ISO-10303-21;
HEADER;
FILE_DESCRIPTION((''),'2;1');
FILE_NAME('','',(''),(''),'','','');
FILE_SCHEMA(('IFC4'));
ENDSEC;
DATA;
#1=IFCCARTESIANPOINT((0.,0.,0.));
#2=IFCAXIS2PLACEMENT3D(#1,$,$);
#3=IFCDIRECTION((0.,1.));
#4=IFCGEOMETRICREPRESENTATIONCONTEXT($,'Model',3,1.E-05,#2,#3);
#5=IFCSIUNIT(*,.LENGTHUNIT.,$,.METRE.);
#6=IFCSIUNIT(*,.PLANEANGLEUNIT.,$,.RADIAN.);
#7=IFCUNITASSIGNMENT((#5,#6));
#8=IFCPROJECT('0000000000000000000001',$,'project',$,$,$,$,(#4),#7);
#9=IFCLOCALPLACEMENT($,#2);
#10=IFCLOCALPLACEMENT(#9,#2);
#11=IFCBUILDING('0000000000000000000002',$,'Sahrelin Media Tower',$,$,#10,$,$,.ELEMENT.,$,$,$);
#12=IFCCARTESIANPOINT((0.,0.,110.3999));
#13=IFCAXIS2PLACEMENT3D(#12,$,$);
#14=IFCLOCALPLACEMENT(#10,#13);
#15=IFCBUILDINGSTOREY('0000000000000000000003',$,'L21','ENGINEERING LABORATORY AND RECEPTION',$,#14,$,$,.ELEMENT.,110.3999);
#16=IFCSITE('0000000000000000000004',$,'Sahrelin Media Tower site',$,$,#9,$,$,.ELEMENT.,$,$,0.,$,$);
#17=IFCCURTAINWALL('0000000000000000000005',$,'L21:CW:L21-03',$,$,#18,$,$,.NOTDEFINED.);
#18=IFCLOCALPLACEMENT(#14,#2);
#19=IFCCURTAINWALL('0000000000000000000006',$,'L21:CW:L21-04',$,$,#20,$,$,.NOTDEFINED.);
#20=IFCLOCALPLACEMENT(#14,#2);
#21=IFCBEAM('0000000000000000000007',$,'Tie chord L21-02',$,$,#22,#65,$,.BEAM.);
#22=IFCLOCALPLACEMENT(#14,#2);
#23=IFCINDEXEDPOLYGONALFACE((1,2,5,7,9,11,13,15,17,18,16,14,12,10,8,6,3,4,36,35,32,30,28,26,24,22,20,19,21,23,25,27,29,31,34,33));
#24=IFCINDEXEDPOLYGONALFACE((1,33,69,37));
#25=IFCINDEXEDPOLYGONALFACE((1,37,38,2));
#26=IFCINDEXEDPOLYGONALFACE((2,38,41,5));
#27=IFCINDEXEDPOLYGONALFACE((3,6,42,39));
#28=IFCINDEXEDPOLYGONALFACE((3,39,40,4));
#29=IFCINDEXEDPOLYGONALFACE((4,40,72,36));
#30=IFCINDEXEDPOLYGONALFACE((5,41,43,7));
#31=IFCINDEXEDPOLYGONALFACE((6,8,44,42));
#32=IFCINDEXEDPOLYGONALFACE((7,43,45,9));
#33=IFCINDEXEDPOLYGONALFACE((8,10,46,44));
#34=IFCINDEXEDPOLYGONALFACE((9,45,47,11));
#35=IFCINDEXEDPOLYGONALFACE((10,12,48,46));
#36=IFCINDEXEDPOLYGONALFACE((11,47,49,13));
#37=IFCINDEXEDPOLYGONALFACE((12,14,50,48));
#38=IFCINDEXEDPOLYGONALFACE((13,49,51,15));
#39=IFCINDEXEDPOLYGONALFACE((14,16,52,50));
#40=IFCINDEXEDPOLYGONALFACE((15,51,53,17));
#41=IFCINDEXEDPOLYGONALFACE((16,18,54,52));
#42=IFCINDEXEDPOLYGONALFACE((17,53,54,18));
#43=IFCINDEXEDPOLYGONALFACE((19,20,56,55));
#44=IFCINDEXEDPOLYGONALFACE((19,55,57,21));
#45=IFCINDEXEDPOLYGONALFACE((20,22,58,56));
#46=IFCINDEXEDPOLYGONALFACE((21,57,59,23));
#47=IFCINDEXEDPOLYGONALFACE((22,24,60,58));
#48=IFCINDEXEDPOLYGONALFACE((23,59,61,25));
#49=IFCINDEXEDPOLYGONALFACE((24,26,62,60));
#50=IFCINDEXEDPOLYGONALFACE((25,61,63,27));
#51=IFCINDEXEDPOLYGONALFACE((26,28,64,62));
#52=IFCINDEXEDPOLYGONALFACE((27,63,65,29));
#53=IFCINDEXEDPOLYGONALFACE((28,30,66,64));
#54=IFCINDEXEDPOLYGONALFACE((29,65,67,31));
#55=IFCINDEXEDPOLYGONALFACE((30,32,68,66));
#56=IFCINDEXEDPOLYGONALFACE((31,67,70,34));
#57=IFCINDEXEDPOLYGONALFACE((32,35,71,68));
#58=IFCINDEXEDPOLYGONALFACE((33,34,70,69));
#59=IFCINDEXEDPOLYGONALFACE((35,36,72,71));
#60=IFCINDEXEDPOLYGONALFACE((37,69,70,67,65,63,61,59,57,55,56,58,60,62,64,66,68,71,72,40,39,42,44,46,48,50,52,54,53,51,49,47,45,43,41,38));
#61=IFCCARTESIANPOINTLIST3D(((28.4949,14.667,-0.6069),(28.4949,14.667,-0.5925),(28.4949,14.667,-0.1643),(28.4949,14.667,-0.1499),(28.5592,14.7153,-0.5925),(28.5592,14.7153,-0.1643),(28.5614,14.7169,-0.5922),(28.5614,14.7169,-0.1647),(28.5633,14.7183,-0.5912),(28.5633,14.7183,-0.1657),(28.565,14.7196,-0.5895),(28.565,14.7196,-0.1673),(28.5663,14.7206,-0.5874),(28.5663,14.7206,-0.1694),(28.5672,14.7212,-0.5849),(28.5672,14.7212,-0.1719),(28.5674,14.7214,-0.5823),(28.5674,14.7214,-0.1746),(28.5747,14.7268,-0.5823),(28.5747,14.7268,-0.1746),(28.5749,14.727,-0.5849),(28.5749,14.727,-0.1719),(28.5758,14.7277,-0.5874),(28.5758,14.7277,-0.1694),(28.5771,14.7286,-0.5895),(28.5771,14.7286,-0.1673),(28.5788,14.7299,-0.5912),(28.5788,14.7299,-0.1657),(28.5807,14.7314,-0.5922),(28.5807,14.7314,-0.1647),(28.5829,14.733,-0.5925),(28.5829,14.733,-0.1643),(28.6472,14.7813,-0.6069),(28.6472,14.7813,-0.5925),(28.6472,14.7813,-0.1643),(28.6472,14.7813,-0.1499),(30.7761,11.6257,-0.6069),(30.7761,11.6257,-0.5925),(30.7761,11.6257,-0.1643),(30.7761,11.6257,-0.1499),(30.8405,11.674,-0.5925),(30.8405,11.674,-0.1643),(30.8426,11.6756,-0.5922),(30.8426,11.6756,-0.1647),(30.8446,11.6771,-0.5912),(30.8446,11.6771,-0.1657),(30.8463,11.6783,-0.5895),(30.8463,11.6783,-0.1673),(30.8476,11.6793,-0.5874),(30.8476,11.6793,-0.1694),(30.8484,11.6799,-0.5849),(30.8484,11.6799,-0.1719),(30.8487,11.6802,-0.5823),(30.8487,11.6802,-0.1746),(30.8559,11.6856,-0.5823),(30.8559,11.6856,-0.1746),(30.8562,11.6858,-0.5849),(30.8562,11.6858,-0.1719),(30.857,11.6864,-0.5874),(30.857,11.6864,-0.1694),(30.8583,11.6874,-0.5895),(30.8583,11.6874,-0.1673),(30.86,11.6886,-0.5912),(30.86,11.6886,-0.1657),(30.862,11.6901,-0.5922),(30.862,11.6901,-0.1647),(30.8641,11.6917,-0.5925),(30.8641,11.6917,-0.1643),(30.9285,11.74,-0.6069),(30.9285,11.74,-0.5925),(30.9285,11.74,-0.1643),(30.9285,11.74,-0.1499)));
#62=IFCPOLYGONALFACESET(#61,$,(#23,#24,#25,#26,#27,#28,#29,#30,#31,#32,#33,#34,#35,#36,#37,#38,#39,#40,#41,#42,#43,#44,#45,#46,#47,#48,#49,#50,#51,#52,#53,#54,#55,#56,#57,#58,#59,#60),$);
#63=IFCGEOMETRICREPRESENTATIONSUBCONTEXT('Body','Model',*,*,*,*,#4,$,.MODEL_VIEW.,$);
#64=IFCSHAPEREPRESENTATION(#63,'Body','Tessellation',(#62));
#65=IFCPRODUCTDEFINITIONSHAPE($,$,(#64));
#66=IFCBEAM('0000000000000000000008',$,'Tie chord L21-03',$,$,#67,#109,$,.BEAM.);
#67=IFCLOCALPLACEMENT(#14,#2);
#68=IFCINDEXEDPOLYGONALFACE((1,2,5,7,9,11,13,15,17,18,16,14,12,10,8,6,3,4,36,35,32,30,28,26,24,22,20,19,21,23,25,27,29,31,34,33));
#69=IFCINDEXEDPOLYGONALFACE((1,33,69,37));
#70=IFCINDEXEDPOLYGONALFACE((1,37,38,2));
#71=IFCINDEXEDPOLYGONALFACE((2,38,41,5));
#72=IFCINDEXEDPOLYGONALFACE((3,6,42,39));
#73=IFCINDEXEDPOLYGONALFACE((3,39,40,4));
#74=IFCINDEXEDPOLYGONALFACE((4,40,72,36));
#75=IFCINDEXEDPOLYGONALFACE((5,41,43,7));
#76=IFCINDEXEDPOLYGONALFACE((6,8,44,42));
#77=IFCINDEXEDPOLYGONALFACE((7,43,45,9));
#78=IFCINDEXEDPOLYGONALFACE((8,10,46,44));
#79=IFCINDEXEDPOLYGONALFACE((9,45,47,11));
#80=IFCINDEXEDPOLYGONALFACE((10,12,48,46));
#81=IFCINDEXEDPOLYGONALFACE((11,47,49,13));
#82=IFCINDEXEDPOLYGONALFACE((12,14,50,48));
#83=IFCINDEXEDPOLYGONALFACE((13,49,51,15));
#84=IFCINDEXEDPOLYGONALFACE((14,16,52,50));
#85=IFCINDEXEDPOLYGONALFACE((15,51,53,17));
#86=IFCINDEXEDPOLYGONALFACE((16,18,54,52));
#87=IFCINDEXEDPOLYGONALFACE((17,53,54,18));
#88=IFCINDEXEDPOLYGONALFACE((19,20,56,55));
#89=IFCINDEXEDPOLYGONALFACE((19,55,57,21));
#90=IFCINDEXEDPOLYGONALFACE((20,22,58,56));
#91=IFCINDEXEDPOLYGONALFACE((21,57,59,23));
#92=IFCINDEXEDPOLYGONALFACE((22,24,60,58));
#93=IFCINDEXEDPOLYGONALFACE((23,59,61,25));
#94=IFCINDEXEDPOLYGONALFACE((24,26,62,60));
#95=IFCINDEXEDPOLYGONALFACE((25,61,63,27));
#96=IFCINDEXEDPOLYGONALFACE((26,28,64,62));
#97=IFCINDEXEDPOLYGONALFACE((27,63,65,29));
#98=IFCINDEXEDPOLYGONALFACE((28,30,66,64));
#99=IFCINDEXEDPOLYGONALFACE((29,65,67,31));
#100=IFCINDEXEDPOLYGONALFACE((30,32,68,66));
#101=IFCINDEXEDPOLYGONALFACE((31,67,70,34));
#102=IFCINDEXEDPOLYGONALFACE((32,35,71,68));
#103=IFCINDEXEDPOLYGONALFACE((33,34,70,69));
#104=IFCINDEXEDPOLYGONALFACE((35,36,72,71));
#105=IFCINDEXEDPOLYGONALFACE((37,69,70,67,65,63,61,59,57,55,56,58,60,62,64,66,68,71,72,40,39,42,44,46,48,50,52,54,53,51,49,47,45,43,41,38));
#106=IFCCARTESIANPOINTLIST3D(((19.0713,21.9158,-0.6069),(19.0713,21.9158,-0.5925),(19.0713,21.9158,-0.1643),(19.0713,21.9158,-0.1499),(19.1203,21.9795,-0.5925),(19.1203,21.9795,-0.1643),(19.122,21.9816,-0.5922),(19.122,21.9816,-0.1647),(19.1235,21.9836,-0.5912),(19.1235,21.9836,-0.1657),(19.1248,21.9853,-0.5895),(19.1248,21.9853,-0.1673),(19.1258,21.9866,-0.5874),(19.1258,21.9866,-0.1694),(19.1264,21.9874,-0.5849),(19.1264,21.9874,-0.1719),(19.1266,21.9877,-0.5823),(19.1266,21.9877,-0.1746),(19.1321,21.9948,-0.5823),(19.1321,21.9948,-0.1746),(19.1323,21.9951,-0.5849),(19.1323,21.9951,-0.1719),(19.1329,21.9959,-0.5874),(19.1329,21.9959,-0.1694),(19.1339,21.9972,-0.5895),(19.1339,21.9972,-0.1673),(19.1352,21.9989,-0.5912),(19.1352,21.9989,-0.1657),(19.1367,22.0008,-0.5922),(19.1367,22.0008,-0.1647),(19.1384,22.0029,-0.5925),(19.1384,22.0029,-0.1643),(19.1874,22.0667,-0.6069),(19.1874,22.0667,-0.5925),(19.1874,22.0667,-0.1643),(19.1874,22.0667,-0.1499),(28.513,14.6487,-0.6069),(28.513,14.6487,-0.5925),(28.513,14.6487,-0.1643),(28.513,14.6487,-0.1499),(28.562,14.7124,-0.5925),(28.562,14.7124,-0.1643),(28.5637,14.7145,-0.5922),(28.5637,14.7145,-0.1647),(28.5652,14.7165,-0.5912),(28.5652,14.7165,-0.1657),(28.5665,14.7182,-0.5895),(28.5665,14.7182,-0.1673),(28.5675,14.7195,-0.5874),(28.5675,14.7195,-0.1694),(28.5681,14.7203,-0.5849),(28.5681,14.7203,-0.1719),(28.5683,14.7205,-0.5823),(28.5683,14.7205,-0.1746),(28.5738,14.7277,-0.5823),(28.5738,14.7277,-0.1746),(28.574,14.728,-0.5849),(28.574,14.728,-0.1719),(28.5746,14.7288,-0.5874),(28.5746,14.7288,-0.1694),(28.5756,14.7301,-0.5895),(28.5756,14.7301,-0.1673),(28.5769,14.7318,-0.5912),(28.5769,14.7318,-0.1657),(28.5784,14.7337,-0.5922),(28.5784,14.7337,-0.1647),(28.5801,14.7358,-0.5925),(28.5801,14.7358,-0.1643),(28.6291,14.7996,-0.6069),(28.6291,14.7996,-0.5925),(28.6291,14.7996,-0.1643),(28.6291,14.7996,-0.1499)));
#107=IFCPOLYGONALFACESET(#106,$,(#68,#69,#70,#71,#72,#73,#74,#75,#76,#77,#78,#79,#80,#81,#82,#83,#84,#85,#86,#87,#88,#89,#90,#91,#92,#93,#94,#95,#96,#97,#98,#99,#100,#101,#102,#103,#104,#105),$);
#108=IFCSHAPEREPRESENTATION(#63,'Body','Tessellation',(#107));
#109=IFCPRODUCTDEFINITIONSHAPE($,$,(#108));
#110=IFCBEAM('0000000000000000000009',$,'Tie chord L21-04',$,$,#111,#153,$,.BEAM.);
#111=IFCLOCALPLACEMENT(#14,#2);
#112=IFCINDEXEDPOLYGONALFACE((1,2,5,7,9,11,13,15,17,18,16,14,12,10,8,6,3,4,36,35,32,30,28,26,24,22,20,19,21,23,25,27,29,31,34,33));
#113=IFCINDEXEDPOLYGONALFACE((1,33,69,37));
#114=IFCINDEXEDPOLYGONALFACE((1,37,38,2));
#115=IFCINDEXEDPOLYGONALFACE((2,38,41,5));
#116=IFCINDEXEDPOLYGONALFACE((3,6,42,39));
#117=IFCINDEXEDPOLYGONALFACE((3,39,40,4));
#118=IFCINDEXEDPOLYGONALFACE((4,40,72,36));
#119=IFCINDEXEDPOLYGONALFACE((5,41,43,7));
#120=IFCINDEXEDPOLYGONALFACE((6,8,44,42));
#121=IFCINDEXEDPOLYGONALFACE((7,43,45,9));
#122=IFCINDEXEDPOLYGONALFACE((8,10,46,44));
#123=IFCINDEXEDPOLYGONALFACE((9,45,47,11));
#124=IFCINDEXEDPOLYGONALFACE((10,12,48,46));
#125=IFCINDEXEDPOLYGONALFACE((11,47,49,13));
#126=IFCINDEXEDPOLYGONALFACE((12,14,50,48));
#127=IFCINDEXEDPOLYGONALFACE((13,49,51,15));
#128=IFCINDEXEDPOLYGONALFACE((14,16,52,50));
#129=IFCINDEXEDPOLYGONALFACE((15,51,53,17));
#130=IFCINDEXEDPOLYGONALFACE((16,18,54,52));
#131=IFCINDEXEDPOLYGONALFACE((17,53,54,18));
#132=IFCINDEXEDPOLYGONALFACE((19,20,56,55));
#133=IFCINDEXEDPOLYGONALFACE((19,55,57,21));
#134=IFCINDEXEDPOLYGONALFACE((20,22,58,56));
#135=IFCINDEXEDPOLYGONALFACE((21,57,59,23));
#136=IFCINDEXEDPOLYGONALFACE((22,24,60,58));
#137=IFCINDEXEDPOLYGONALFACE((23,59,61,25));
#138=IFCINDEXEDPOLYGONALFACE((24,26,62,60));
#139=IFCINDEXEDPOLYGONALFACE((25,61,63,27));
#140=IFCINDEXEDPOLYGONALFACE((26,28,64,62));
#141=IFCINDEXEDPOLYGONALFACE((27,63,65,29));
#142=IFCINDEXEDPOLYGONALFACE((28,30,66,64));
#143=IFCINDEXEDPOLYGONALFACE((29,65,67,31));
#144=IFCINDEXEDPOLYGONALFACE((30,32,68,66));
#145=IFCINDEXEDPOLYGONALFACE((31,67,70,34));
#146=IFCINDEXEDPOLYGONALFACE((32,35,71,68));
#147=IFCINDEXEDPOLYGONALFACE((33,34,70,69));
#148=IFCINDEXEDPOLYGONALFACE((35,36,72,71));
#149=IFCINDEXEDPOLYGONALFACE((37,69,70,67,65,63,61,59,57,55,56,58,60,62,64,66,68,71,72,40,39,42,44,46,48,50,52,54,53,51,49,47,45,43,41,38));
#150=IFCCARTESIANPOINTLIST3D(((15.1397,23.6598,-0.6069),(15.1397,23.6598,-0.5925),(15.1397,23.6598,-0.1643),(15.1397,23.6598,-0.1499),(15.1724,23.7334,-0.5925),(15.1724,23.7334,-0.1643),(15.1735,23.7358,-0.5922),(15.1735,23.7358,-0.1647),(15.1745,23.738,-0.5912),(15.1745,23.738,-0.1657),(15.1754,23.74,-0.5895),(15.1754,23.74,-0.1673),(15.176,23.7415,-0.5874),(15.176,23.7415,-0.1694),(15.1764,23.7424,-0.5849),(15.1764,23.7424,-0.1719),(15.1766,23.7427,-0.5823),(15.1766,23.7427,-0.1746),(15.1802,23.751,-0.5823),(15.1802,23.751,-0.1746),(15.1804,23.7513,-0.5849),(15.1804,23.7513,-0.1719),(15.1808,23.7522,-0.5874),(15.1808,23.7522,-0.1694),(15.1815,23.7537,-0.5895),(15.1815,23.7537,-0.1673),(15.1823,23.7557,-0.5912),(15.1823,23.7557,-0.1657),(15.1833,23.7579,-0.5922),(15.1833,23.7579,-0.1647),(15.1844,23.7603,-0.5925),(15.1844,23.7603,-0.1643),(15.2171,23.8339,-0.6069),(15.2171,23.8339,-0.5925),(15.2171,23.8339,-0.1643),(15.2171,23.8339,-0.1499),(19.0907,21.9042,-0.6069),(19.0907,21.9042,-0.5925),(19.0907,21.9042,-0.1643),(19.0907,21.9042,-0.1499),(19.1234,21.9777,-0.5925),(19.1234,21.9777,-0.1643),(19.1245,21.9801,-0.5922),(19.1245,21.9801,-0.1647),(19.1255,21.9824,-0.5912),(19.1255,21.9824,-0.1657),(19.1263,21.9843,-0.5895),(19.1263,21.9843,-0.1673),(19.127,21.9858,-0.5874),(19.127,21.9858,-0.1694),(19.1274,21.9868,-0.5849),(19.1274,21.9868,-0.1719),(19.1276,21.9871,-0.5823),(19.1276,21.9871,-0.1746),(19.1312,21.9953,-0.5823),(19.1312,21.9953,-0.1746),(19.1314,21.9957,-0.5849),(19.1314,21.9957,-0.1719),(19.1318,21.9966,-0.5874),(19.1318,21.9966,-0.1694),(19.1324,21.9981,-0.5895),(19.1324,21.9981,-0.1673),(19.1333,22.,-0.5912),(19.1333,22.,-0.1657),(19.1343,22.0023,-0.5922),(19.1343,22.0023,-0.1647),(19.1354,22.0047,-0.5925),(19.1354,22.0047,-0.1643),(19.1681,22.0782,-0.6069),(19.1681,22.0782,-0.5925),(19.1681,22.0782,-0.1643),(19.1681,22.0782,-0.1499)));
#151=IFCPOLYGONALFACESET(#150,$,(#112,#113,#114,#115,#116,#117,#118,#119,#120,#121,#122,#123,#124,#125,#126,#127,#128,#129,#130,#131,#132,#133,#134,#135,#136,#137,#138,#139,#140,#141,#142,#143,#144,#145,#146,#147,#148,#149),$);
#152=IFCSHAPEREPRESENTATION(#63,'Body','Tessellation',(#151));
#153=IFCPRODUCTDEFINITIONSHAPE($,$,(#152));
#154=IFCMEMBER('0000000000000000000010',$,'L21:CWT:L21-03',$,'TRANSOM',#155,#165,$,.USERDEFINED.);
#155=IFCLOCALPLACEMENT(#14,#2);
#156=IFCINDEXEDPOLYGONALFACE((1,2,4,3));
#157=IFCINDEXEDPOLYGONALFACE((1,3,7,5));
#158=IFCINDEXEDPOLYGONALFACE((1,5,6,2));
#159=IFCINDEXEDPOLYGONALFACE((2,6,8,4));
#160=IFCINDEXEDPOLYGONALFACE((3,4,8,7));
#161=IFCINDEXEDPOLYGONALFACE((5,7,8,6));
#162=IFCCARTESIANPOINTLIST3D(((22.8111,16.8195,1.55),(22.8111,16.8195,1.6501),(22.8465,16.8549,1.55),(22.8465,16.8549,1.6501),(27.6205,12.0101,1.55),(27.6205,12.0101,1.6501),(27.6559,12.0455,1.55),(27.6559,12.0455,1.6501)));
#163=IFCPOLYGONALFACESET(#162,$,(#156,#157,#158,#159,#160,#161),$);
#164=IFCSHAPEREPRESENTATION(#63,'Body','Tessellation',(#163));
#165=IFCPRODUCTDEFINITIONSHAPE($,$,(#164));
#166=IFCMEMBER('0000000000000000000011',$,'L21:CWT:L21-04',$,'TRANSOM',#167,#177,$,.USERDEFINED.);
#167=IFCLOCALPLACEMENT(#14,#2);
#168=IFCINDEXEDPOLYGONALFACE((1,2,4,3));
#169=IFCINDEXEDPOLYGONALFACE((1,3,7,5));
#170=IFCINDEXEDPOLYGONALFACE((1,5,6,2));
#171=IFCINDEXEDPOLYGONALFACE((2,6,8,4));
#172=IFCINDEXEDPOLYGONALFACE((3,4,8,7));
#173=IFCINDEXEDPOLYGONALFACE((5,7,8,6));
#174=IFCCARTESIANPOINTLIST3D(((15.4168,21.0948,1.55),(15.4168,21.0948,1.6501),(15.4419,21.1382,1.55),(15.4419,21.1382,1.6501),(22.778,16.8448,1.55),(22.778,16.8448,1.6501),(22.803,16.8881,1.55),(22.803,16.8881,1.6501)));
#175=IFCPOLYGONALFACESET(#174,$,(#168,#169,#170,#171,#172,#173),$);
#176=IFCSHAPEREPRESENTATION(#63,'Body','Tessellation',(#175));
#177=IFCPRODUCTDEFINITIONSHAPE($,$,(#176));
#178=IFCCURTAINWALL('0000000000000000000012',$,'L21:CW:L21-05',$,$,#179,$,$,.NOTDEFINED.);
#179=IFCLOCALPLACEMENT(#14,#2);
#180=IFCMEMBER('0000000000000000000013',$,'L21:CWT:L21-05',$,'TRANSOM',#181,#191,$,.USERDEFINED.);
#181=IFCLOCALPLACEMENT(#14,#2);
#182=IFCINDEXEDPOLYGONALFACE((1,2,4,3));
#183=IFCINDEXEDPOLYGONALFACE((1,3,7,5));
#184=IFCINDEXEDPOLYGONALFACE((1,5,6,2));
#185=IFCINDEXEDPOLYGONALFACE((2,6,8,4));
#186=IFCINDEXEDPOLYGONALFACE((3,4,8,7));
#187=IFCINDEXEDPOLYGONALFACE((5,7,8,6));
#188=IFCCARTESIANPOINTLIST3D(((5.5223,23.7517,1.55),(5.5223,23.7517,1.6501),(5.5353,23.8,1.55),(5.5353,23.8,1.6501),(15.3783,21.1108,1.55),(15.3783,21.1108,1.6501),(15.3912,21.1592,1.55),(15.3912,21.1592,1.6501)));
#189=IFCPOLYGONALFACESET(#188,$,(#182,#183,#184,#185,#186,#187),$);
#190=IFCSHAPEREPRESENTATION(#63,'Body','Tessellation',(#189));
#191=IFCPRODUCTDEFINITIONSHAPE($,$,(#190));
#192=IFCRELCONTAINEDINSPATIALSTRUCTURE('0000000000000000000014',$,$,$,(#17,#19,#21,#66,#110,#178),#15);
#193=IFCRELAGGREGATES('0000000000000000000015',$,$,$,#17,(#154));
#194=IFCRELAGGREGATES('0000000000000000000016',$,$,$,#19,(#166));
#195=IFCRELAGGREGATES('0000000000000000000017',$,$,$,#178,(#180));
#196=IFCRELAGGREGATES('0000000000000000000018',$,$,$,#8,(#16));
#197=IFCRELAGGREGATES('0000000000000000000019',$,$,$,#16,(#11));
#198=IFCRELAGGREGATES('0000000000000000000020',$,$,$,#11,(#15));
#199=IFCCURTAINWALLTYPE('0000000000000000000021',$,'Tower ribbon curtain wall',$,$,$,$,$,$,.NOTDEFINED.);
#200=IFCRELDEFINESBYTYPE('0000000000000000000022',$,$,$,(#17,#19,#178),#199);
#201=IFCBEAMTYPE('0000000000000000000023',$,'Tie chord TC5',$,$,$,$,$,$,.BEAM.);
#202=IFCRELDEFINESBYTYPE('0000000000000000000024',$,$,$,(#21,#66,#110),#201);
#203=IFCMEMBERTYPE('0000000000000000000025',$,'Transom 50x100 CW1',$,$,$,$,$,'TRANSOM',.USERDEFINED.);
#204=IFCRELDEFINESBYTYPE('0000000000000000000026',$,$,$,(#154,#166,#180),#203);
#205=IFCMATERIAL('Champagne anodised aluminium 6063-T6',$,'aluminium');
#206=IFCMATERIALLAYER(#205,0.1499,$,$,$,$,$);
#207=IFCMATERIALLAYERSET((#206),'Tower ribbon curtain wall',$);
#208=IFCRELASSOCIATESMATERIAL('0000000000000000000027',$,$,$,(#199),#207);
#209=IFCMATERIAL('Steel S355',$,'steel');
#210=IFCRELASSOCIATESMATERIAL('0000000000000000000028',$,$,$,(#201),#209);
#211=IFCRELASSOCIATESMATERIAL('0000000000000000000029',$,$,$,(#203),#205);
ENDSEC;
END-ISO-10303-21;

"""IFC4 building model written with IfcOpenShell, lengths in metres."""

from ifc_helpers import new_model, si_unit, direction, frame, origin, origin_2d, place, context, subcontext, project, spatial, rectangle, i_section, extrude, material, layer, layer_set, material_profile, profile_set, type_object, element, aggregate, save


model = new_model("IFC4")

# Units and contexts
model_context = context("Model", 3, precision=1e-05, world=origin(), true_north=direction((0.0, 1.0)))
body_context = subcontext(model_context, "Body", "Model", "MODEL_VIEW")
ifc_project = project(units=[si_unit("LENGTHUNIT", "METRE"), si_unit("PLANEANGLEUNIT", "RADIAN")], contexts=[model_context])

# Site, building, storey
site_placement = place(None, origin())
site = spatial("IfcSite", under=ifc_project, at=site_placement, Name="Sahrelin Media Tower site", CompositionType="ELEMENT", RefElevation=0.0)
building_placement = place(site_placement, origin())
building = spatial("IfcBuilding", under=site, at=building_placement, Name="Sahrelin Media Tower", CompositionType="ELEMENT")
storey_placement = place(building_placement, frame((0.0, 0.0, 110.3999)))
storey = spatial("IfcBuildingStorey", under=building, at=storey_placement, Name="L21", Description="ENGINEERING LABORATORY AND RECEPTION", CompositionType="ELEMENT", Elevation=110.3999)

# Shared definitions
ifc_material_1 = material(Name="Steel S355", Category="steel")

# Curtain walls
ifc_material_2 = material(Name="Champagne anodised aluminium 6063-T6", Category="aluminium")
ifc_layer_1 = layer(ifc_material_2, 0.1499)
ifc_layer_set_1 = layer_set([ifc_layer_1], Name="Tower ribbon curtain wall")
curtain_wall_type = type_object("IfcCurtainWallType", Name="Tower ribbon curtain wall", PredefinedType="NOTDEFINED", material=ifc_layer_set_1)
curtain_wall_1_placement = place(storey_placement, frame((25.3713, 14.5703, 0.0), z_axis=(0.0, 0.0, 1.0), x_axis=(1.0, 0.0, 0.0)))
curtain_wall_1 = element("IfcCurtainWall", 1, at=curtain_wall_1_placement, inside=storey, type_object=curtain_wall_type, Name="L21:CW:L21-03", PredefinedType="NOTDEFINED")
curtain_wall_2_placement = place(storey_placement, frame((19.2075, 19.1604, 0.0), z_axis=(0.0, 0.0, 1.0), x_axis=(1.0, 0.0, 0.0)))
curtain_wall_2 = element("IfcCurtainWall", 2, at=curtain_wall_2_placement, inside=storey, type_object=curtain_wall_type, Name="L21:CW:L21-04", PredefinedType="NOTDEFINED")

# Beams
ifc_material_profile_1 = material_profile(ifc_material_1, i_section(OverallWidth=0.1904, OverallDepth=0.457, WebThickness=0.009, FlangeThickness=0.0144, FilletRadius=0.0103, at=origin_2d()), Name="UB 457x191x74")
ifc_profile_set_1 = profile_set([ifc_material_profile_1], Name="Steel S355")
beam_type_1 = type_object("IfcBeamType", Name="Tie chord TC5", PredefinedType="BEAM", material=ifc_profile_set_1)
beam_1_placement = place(storey_placement, frame((30.8523, 11.6829, -0.3784), z_axis=(-0.600051, 0.799961, 0.0), x_axis=(-0.799961, -0.600051, 0.0)))
element("IfcBeam", 3, at=beam_1_placement, inside=storey, type_object=beam_type_1, Name="Tie chord L21-02", PredefinedType="BEAM", context=body_context, shape_type="SweptSolid", body=[
    extrude(i_section(OverallWidth=0.1904, OverallDepth=0.457, WebThickness=0.009, FlangeThickness=0.0144, FilletRadius=0.0103, at=origin_2d()), origin(), (0.0, 0.0, 1.0), 3.8018),
])
beam_2_placement = place(storey_placement, frame((28.571, 14.7241, -0.3784), z_axis=(-0.79245, 0.609937, 0.0), x_axis=(-0.609937, -0.79245, 0.0)))
element("IfcBeam", 4, at=beam_2_placement, inside=storey, type_object=beam_type_1, Name="Tie chord L21-03", PredefinedType="BEAM", context=body_context, shape_type="SweptSolid", body=[
    extrude(i_section(OverallWidth=0.1904, OverallDepth=0.457, WebThickness=0.009, FlangeThickness=0.0144, FilletRadius=0.0103, at=origin_2d()), origin(), (0.0, 0.0, 1.0), 11.9146),
])
beam_3_placement = place(storey_placement, frame((19.1294, 21.9912, -0.3784), z_axis=(-0.913842, 0.40607, 0.0), x_axis=(-0.40607, -0.913842, 0.0)))
element("IfcBeam", 5, at=beam_3_placement, inside=storey, type_object=beam_type_1, Name="Tie chord L21-04", PredefinedType="BEAM", context=body_context, shape_type="SweptSolid", body=[
    extrude(i_section(OverallWidth=0.1904, OverallDepth=0.457, WebThickness=0.009, FlangeThickness=0.0144, FilletRadius=0.0103, at=origin_2d()), origin(), (0.0, 0.0, 1.0), 4.3235),
])

# Members
ifc_material_profile_2 = material_profile(ifc_material_2, rectangle(XDim=0.05, YDim=0.1001, at=origin_2d()), Name="Transom 50x100")
ifc_profile_set_2 = profile_set([ifc_material_profile_2], Name="Champagne anodised aluminium 6063-T6")
member_type_1 = type_object("IfcMemberType", Name="Transom 50x100 CW1", ElementType="TRANSOM", PredefinedType="USERDEFINED", material=ifc_profile_set_2)
member_1_placement = place(storey_placement, frame((27.6382, 12.0278, 1.6001), z_axis=(-0.707107, 0.707107, 0.0), x_axis=(-0.707107, -0.707107, 0.0)))
member_1 = element("IfcMember", 6, at=member_1_placement, type_object=member_type_1, Name="L21:CWT:L21-03", ObjectType="TRANSOM", PredefinedType="USERDEFINED", context=body_context, shape_type="SweptSolid", body=[
    extrude(rectangle(XDim=0.05, YDim=0.1001, at=origin_2d()), origin(), (0.0, 0.0, 1.0), 6.8015),
])
member_2_placement = place(storey_placement, frame((22.7905, 16.8665, 1.6001), z_axis=(-0.866022, 0.500007, 0.0), x_axis=(-0.500007, -0.866022, 0.0)))
member_2 = element("IfcMember", 7, at=member_2_placement, type_object=member_type_1, Name="L21:CWT:L21-04", ObjectType="TRANSOM", PredefinedType="USERDEFINED", context=body_context, shape_type="SweptSolid", body=[
    extrude(rectangle(XDim=0.05, YDim=0.1001, at=origin_2d()), origin(), (0.0, 0.0, 1.0), 8.5),
])

# Curtain wall, member
curtain_wall_3_placement = place(storey_placement, frame((10.5071, 22.6438, 0.0), z_axis=(0.0, 0.0, 1.0), x_axis=(1.0, 0.0, 0.0)))
curtain_wall_3 = element("IfcCurtainWall", 8, at=curtain_wall_3_placement, inside=storey, type_object=curtain_wall_type, Name="L21:CW:L21-05", PredefinedType="NOTDEFINED")
member_3_placement = place(storey_placement, frame((15.3848, 21.135, 1.6001), z_axis=(-0.965926, 0.258817, 0.0), x_axis=(-0.258817, -0.965926, 0.0)))
member_3 = element("IfcMember", 9, at=member_3_placement, type_object=member_type_1, Name="L21:CWT:L21-05", ObjectType="TRANSOM", PredefinedType="USERDEFINED", context=body_context, shape_type="SweptSolid", body=[
    extrude(rectangle(XDim=0.05, YDim=0.1001, at=origin_2d()), origin(), (0.0, 0.0, 1.0), 10.2036),
])

aggregate(curtain_wall_1, [member_1])
aggregate(curtain_wall_2, [member_2])
aggregate(curtain_wall_3, [member_3])

save(model, "model.ifc")
